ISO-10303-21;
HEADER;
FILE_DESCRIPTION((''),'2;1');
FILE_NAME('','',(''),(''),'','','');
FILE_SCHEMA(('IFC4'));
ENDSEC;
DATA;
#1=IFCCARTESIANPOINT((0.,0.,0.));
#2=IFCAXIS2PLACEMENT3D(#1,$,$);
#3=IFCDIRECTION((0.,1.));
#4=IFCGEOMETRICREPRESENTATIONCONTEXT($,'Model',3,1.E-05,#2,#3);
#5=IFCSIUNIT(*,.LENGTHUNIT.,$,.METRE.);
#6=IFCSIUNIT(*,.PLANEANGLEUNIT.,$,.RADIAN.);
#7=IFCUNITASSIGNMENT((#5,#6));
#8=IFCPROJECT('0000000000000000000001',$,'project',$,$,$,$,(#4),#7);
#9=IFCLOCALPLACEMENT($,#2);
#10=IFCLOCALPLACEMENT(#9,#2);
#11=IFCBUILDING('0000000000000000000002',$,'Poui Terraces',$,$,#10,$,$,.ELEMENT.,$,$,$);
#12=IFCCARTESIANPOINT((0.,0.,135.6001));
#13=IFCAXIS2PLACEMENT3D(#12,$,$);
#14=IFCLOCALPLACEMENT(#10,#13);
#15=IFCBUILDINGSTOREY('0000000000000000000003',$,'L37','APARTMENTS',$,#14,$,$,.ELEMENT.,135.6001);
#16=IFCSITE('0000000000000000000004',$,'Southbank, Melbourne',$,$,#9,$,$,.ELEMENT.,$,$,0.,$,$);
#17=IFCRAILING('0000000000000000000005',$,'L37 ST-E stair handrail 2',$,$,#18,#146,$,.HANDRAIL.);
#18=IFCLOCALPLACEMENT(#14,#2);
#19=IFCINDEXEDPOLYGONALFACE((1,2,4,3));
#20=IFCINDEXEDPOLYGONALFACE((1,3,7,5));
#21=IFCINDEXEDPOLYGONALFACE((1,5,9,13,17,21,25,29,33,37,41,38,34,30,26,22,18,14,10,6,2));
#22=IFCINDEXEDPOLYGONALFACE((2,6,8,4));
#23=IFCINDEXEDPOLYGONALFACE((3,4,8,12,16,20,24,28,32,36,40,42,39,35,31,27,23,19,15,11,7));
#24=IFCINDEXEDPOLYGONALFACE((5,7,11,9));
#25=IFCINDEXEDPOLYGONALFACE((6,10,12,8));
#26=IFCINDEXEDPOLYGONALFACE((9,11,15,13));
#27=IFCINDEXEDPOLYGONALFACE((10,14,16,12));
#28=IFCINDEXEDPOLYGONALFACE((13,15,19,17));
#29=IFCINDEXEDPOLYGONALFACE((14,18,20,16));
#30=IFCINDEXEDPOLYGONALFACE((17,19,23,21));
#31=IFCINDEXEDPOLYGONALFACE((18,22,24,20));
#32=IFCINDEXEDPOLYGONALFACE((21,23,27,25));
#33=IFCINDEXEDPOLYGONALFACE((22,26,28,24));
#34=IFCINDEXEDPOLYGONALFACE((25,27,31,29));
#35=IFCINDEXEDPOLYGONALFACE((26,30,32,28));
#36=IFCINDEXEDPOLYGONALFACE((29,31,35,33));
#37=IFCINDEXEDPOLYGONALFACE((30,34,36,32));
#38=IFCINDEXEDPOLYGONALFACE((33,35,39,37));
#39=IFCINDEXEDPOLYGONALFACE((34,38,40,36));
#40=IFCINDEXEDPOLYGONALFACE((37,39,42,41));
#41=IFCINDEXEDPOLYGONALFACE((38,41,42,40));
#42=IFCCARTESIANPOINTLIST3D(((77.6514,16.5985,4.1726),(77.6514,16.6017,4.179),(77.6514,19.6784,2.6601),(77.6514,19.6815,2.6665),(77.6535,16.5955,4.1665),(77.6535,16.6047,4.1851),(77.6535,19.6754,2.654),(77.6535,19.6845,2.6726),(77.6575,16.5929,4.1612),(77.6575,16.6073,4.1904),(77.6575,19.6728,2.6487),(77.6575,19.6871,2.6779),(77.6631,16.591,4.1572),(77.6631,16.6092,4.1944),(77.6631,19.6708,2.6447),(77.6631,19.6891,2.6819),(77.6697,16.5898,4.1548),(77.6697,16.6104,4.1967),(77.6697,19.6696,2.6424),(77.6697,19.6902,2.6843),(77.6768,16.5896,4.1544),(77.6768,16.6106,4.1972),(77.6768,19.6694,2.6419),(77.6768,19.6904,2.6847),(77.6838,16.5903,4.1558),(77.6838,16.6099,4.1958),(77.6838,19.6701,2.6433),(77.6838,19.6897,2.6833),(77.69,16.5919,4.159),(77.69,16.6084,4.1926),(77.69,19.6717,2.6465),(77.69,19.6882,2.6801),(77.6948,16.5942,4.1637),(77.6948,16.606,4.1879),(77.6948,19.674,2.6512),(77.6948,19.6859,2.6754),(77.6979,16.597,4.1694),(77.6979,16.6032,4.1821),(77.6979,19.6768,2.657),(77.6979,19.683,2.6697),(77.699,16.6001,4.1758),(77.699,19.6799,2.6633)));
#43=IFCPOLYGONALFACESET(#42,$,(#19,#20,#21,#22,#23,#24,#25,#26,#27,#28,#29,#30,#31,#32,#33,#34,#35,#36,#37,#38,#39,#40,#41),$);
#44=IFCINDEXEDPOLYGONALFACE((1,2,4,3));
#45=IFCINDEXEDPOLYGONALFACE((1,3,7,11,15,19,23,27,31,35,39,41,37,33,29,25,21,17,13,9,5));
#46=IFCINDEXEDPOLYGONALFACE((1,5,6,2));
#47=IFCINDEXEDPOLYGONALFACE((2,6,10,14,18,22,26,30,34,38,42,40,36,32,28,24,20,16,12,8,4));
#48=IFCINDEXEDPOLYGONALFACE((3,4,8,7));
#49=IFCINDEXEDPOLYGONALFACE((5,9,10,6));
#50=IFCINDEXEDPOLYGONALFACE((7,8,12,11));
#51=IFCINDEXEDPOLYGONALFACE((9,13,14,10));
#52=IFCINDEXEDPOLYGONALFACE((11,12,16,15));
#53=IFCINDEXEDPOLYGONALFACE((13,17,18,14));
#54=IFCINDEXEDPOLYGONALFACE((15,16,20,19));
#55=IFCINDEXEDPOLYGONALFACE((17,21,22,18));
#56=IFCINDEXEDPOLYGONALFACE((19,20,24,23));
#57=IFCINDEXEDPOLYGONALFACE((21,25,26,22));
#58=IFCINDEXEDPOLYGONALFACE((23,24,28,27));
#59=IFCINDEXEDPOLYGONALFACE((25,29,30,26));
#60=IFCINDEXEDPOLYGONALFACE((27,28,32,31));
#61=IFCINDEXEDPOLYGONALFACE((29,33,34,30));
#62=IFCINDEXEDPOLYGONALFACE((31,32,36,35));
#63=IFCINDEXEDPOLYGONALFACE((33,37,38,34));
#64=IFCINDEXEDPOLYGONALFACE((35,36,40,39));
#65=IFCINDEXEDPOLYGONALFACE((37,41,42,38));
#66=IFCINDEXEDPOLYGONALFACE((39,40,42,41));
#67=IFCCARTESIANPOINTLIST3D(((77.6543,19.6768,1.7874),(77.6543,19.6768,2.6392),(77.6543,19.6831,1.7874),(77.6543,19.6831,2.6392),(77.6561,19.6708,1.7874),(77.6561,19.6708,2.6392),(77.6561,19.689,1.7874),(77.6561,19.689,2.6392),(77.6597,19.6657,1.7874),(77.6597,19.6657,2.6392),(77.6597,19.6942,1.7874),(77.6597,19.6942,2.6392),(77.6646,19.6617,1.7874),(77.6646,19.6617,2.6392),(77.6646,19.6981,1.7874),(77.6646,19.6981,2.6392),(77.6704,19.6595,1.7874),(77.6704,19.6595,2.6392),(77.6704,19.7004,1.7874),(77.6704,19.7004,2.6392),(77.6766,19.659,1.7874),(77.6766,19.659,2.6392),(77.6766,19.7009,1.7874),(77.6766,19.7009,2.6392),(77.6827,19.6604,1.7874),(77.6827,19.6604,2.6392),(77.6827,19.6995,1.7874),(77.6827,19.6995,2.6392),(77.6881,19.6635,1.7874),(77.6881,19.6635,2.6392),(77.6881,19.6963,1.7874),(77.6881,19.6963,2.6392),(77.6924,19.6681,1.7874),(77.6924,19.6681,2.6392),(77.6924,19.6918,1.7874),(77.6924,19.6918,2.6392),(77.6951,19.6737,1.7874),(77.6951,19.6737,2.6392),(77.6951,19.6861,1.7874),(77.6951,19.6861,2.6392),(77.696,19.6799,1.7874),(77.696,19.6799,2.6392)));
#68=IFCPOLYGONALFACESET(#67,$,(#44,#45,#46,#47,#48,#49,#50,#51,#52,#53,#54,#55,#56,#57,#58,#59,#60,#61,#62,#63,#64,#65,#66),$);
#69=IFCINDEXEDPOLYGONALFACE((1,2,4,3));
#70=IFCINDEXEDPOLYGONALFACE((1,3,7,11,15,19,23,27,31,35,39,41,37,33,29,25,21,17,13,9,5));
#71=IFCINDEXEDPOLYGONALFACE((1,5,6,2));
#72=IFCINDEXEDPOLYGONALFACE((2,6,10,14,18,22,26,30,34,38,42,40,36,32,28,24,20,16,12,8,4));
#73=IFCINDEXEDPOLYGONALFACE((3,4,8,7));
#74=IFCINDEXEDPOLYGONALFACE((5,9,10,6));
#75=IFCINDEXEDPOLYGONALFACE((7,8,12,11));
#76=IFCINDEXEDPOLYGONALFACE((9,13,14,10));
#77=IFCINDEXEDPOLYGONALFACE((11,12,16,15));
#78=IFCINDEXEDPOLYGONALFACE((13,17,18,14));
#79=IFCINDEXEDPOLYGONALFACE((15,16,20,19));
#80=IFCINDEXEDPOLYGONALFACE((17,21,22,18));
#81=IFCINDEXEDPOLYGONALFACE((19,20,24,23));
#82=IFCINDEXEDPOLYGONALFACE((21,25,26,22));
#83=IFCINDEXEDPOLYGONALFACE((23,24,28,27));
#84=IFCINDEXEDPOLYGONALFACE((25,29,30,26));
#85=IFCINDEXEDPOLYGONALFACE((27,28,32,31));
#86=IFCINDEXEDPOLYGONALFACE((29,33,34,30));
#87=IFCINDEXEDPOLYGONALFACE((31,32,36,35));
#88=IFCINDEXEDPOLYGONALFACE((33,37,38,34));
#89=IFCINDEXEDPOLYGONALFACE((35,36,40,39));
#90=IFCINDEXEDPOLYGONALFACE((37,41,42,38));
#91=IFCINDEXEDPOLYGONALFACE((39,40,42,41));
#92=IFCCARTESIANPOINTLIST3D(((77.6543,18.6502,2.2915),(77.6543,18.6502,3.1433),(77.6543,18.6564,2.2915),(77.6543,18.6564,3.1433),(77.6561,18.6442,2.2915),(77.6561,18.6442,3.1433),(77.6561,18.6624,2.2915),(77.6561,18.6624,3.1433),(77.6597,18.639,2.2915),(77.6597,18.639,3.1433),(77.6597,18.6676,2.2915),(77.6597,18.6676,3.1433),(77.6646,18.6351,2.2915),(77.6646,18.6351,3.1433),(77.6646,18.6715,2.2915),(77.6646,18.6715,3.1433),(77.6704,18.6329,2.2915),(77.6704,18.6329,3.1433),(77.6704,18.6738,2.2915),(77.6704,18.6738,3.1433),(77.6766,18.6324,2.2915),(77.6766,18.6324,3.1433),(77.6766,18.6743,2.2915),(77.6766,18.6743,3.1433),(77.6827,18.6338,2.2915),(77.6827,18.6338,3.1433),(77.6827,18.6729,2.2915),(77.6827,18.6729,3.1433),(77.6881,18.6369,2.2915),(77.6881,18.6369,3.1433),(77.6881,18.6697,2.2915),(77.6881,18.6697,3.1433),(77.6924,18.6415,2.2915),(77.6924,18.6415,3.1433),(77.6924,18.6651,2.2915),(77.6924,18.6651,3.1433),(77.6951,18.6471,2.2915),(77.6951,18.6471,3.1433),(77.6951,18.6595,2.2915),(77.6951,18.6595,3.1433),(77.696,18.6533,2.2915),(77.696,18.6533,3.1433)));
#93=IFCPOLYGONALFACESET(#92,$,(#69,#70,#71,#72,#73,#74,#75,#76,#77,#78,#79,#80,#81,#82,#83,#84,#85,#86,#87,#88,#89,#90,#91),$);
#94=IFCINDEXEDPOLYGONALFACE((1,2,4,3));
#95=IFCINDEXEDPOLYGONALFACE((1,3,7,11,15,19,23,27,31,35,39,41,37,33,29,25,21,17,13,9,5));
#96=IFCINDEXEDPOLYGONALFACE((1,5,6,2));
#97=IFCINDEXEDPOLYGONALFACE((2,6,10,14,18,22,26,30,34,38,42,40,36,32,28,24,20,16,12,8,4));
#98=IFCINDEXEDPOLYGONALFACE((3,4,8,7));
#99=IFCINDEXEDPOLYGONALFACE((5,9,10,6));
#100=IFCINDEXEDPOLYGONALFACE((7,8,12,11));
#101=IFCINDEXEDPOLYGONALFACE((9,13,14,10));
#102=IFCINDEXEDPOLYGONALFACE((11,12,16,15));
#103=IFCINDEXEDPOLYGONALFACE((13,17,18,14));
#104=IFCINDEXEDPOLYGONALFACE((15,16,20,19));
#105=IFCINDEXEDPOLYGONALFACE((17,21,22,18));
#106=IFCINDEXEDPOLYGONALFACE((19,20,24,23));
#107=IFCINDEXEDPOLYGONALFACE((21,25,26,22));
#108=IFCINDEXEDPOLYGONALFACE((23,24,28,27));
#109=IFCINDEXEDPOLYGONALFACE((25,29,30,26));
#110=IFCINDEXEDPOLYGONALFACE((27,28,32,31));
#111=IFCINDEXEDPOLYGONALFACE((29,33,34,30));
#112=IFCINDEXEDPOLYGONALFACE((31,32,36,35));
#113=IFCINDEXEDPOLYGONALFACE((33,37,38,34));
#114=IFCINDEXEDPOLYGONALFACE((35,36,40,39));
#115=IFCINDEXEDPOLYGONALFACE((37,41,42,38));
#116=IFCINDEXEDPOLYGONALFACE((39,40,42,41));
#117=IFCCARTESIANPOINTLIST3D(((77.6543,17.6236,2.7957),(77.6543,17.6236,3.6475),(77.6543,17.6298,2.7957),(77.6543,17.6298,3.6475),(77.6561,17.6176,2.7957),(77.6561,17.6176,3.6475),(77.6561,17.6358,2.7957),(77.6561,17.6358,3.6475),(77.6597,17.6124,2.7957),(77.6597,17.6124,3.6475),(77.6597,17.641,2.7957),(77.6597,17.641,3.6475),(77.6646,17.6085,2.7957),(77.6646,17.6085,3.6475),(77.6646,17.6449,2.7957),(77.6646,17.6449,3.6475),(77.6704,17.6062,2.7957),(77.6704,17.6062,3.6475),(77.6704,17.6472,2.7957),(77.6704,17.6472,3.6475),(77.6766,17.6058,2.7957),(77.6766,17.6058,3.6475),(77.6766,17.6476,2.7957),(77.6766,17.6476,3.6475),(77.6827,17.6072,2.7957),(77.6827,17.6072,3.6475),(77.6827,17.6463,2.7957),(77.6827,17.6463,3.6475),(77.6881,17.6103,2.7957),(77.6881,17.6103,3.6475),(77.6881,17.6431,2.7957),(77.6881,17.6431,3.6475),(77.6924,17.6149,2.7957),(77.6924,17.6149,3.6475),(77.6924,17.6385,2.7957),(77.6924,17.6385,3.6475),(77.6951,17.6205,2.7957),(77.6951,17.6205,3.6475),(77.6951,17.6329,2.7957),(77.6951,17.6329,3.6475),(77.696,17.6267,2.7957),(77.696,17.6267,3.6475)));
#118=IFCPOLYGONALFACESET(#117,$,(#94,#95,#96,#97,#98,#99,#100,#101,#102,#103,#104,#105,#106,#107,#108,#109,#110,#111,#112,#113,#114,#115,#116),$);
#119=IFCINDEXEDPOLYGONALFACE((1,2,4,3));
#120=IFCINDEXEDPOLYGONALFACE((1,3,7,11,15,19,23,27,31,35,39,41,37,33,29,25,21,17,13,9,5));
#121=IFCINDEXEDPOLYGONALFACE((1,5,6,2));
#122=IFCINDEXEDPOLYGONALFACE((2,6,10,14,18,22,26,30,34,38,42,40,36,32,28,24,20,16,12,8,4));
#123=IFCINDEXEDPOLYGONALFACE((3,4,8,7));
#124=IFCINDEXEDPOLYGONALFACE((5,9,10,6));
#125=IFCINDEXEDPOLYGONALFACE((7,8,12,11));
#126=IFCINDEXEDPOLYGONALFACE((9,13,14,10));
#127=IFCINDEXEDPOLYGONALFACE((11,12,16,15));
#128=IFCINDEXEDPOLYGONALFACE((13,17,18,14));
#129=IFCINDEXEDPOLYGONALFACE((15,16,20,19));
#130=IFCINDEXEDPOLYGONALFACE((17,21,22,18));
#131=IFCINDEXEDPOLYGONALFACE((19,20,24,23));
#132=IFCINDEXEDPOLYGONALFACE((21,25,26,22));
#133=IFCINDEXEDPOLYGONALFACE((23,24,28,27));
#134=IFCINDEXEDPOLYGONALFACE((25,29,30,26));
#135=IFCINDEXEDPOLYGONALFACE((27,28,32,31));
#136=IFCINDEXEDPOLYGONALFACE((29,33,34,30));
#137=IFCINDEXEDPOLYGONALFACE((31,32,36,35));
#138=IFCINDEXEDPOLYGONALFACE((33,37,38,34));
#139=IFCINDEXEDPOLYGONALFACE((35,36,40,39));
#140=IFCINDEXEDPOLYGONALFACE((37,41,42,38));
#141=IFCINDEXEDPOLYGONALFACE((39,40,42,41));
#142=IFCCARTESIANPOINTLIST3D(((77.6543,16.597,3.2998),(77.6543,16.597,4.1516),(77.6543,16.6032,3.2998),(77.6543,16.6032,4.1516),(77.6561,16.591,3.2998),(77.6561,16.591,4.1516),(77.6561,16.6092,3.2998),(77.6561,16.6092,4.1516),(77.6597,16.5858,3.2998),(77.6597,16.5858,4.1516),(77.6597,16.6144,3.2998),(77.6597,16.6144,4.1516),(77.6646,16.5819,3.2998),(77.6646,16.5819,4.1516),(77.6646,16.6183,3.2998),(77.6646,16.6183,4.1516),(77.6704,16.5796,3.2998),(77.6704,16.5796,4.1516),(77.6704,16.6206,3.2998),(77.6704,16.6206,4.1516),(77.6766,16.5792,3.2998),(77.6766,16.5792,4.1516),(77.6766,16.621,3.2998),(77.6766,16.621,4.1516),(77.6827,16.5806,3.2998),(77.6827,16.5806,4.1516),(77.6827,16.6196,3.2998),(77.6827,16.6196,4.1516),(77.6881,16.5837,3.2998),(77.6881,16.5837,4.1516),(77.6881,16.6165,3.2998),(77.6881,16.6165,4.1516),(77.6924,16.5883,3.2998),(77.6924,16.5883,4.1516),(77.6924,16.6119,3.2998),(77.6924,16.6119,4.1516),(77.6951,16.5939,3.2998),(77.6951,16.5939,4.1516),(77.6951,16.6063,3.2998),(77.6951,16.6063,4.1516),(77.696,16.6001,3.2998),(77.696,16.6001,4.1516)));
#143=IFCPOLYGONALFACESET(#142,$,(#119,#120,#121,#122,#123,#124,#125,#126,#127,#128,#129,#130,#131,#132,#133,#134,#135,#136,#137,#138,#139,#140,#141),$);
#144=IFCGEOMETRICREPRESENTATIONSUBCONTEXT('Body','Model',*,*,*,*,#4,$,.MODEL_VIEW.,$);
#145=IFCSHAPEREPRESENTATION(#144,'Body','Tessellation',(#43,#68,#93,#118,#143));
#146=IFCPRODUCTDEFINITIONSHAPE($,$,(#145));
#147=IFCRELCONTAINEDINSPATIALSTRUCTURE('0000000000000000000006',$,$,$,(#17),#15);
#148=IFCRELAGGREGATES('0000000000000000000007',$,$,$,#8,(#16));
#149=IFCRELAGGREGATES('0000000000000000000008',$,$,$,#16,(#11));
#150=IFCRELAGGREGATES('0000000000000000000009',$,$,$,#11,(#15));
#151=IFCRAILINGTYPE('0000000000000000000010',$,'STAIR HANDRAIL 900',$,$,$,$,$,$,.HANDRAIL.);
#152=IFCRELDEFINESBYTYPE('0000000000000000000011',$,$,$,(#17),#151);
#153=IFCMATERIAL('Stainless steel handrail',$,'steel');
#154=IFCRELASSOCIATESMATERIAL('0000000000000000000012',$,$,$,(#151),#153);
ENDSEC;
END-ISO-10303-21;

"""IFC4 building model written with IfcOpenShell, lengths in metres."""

from ifc_helpers import new_model, si_unit, direction, frame, origin, origin_2d, place, context, subcontext, project, spatial, circle, extrude, material, type_object, element, save


model = new_model("IFC4")

# Units and contexts
model_context = context("Model", 3, precision=1e-05, world=origin(), true_north=direction((0.0, 1.0)))
body_context = subcontext(model_context, "Body", "Model", "MODEL_VIEW")
ifc_project = project(units=[si_unit("LENGTHUNIT", "METRE"), si_unit("PLANEANGLEUNIT", "RADIAN")], contexts=[model_context])

# Site, building, storey
site_placement = place(None, origin())
site = spatial("IfcSite", under=ifc_project, at=site_placement, Name="Southbank, Melbourne", CompositionType="ELEMENT", RefElevation=0.0)
building_placement = place(site_placement, origin())
building = spatial("IfcBuilding", under=site, at=building_placement, Name="Poui Terraces", CompositionType="ELEMENT")
storey_placement = place(building_placement, frame((0.0, 0.0, 135.6001)))
storey = spatial("IfcBuildingStorey", under=building, at=storey_placement, Name="L37", Description="APARTMENTS", CompositionType="ELEMENT", Elevation=135.6001)

# Railing
ifc_material_1 = material(Name="Stainless steel handrail", Category="steel")
railing_type_1 = type_object("IfcRailingType", Name="STAIR HANDRAIL 900", PredefinedType="HANDRAIL", material=ifc_material_1)
railing_1_placement = place(storey_placement, frame((77.675, 19.6799, 1.7874)))
element("IfcRailing", 1, at=railing_1_placement, inside=storey, type_object=railing_type_1, Name="L37 ST-E stair handrail 2", PredefinedType="HANDRAIL", context=body_context, shape_type="SweptSolid", body=[
    extrude(circle(Radius=0.0239, at=origin_2d()), frame((0.0, 0.0, 0.876), z_axis=(0.0, -0.897606, 0.440798), x_axis=(1.0, 0.0, 0.0)), (0.0, 0.0, 1.0), 3.4312),
    extrude(circle(Radius=0.021, at=origin_2d()), origin(), (0.0, 0.0, 1.0), 0.8518),
    extrude(circle(Radius=0.021, at=origin_2d()), frame((0.0, -1.0266, 0.5042)), (0.0, 0.0, 1.0), 0.8518),
    extrude(circle(Radius=0.021, at=origin_2d()), frame((0.0, -2.0532, 1.0083)), (0.0, 0.0, 1.0), 0.8518),
    extrude(circle(Radius=0.021, at=origin_2d()), frame((0.0, -3.0798, 1.5125)), (0.0, 0.0, 1.0), 0.8518),
])

save(model, "model.ifc")
